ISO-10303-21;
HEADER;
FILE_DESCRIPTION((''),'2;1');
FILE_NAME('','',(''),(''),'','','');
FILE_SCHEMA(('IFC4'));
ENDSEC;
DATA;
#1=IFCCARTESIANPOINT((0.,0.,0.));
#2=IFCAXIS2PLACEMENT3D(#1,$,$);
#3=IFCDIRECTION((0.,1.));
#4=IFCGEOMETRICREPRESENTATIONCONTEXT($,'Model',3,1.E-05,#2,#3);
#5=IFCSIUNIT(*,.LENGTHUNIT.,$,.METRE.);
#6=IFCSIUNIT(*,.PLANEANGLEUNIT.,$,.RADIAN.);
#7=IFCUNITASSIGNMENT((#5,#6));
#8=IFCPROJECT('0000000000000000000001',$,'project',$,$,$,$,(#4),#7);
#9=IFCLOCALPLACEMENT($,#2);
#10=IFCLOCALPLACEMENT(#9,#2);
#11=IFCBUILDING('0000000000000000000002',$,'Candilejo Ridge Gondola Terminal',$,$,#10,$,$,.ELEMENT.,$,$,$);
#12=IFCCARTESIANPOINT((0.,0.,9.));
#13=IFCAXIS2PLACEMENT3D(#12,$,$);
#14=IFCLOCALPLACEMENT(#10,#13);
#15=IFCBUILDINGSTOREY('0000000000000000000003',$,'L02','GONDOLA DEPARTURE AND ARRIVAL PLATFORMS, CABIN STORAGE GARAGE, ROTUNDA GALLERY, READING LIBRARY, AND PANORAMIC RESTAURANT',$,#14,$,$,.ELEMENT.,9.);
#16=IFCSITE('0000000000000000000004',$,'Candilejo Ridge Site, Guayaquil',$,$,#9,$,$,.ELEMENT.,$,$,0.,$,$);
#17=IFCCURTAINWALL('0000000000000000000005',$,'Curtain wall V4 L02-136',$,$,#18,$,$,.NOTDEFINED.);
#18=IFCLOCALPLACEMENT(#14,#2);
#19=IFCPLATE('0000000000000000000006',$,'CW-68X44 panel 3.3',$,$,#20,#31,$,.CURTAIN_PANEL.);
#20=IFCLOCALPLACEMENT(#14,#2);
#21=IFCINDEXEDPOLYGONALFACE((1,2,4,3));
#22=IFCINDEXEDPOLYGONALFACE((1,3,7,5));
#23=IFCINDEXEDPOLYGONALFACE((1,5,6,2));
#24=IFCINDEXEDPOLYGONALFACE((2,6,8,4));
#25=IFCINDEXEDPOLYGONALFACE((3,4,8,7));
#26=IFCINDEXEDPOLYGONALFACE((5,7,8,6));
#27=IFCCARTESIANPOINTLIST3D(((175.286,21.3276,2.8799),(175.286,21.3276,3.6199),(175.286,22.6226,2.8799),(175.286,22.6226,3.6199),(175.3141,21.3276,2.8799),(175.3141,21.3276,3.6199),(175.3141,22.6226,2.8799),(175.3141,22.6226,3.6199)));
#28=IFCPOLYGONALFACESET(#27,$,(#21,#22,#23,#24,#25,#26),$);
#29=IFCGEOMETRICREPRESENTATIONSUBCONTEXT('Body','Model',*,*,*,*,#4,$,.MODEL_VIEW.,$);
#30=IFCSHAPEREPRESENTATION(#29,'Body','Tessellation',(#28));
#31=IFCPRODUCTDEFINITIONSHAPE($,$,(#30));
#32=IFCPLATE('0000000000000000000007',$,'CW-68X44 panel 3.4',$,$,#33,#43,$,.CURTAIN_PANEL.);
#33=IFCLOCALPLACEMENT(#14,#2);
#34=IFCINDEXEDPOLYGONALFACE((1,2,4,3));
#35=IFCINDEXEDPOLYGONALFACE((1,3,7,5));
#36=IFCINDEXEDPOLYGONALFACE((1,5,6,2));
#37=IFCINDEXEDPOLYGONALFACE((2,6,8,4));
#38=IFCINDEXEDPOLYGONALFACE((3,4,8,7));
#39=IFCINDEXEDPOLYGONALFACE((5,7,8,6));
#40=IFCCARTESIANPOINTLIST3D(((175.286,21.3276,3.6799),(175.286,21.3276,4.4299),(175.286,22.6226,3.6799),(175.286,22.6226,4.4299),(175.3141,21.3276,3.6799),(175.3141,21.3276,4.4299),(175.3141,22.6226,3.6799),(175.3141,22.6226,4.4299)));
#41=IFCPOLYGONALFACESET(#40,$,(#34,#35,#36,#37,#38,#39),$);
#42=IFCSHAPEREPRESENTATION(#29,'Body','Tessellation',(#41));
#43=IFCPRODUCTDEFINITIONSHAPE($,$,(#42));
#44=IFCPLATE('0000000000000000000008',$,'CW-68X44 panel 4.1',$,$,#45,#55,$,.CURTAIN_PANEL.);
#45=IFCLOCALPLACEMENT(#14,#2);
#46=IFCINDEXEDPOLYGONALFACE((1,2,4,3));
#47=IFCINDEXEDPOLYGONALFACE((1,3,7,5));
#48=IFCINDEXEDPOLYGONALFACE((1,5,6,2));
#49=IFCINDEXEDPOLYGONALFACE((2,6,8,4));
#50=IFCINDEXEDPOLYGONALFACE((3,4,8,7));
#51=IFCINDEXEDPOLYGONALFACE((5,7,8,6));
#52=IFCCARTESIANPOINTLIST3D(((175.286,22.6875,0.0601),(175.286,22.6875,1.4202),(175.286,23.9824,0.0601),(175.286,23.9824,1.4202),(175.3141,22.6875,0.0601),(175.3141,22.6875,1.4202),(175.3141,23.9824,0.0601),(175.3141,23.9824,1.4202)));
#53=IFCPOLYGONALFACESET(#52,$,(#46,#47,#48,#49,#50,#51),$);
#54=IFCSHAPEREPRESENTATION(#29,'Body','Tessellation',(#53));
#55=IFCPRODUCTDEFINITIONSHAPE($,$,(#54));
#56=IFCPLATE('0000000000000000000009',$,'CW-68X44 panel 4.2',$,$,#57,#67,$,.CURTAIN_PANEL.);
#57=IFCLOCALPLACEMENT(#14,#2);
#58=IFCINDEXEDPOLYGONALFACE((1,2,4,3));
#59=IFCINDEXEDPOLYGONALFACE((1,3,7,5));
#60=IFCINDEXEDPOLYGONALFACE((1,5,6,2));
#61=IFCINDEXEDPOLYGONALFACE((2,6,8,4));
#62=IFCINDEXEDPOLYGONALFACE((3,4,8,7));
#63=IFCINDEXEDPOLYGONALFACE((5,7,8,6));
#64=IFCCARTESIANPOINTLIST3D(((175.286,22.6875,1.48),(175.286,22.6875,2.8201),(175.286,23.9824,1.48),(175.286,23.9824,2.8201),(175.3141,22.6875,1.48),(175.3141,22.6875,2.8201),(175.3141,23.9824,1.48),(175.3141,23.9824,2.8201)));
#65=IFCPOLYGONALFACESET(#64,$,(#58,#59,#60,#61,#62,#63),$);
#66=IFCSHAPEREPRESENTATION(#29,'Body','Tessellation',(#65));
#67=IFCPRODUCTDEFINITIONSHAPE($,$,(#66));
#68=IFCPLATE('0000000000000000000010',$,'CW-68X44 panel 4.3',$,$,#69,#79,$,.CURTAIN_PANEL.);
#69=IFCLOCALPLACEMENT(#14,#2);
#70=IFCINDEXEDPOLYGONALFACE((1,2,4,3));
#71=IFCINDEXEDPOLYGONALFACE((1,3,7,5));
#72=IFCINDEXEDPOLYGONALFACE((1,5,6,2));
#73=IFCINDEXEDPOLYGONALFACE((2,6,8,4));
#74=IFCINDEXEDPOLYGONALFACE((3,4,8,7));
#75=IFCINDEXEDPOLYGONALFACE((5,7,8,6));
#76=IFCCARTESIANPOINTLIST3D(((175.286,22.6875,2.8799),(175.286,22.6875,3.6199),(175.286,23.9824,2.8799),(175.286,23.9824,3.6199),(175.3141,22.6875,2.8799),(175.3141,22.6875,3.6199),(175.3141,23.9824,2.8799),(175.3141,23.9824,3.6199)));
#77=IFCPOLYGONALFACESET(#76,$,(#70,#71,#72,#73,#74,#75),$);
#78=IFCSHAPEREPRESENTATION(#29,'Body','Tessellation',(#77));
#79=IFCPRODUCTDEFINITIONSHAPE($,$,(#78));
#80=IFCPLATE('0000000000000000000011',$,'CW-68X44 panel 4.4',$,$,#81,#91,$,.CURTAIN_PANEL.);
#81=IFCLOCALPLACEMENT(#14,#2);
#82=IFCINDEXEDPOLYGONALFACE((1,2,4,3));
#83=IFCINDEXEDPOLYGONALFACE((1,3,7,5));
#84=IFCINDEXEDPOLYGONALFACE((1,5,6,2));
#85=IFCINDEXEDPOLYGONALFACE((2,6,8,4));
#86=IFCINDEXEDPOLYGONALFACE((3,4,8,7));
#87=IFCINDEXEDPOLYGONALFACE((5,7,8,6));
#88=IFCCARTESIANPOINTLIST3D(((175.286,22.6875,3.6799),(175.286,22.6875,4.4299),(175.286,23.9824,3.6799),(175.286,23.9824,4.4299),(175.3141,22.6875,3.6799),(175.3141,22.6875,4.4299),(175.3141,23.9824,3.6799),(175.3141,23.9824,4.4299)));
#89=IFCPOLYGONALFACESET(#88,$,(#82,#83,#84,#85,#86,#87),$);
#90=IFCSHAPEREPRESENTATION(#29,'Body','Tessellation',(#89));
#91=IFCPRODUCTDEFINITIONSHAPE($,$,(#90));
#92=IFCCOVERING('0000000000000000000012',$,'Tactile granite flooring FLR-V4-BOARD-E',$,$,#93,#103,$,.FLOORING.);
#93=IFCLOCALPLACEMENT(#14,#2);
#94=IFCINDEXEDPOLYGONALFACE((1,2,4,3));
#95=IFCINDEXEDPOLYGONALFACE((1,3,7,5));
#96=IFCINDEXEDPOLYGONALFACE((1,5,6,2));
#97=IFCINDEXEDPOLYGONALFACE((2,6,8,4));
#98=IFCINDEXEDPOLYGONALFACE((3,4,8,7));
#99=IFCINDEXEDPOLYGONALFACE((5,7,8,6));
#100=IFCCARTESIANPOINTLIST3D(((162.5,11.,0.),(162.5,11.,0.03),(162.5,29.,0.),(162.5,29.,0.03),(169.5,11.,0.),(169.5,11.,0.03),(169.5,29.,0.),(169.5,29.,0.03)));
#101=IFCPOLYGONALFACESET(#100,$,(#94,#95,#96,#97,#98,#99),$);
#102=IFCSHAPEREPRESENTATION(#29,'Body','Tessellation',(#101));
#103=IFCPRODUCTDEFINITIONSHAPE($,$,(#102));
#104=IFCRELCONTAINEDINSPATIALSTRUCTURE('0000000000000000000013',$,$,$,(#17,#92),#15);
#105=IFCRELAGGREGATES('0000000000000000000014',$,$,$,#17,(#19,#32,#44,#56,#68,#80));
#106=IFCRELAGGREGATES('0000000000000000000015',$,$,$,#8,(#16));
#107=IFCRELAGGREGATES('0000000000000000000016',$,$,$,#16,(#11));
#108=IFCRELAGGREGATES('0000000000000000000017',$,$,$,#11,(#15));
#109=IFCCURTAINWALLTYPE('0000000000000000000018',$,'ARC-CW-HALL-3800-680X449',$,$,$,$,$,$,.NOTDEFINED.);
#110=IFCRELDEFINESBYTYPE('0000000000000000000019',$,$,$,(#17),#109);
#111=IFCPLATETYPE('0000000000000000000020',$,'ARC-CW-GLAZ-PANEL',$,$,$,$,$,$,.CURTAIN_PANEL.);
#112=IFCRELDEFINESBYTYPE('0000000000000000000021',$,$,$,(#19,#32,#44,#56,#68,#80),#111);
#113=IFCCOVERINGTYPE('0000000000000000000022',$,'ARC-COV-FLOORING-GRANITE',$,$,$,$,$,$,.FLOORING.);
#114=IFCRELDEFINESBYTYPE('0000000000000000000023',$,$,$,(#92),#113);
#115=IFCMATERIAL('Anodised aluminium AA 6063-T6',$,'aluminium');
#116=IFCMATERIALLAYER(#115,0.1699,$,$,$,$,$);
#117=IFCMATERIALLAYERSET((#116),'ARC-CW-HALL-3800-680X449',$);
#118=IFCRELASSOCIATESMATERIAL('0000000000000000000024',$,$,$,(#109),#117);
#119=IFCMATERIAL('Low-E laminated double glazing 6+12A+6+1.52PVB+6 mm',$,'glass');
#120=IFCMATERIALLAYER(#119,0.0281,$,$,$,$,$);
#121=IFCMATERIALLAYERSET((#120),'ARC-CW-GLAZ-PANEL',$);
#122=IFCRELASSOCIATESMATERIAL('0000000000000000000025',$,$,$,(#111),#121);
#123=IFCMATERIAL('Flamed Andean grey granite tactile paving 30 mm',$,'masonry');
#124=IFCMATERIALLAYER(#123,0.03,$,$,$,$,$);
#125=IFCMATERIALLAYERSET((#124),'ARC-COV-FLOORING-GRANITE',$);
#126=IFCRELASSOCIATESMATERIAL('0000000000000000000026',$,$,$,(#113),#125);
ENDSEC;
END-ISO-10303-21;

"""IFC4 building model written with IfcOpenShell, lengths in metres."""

from ifc_helpers import new_model, si_unit, direction, frame, origin, origin_2d, place, context, subcontext, project, spatial, rectangle, extrude, material, layer, layer_set, type_object, element, aggregate, save


model = new_model("IFC4")

# Units and contexts
model_context = context("Model", 3, precision=1e-05, world=origin(), true_north=direction((0.0, 1.0)))
body_context = subcontext(model_context, "Body", "Model", "MODEL_VIEW")
ifc_project = project(units=[si_unit("LENGTHUNIT", "METRE"), si_unit("PLANEANGLEUNIT", "RADIAN")], contexts=[model_context])

# Site, building, storey
site_placement = place(None, origin())
site = spatial("IfcSite", under=ifc_project, at=site_placement, Name="Candilejo Ridge Site, Guayaquil", CompositionType="ELEMENT", RefElevation=0.0)
building_placement = place(site_placement, origin())
building = spatial("IfcBuilding", under=site, at=building_placement, Name="Candilejo Ridge Gondola Terminal", CompositionType="ELEMENT")
storey_placement = place(building_placement, frame((0.0, 0.0, 9.0)))
storey = spatial("IfcBuildingStorey", under=building, at=storey_placement, Name="L02", Description="GONDOLA DEPARTURE AND ARRIVAL PLATFORMS, CABIN STORAGE GARAGE, ROTUNDA GALLERY, READING LIBRARY, AND PANORAMIC RESTAURANT", CompositionType="ELEMENT", Elevation=9.0)

# Curtain wall
ifc_material_1 = material(Name="Anodised aluminium AA 6063-T6", Category="aluminium")
ifc_layer_1 = layer(ifc_material_1, 0.1699)
ifc_layer_set_1 = layer_set([ifc_layer_1], Name="ARC-CW-HALL-3800-680X449")
curtain_wall_type = type_object("IfcCurtainWallType", Name="ARC-CW-HALL-3800-680X449", PredefinedType="NOTDEFINED", material=ifc_layer_set_1)
curtain_wall_placement = place(storey_placement, origin())
curtain_wall = element("IfcCurtainWall", 1, at=curtain_wall_placement, inside=storey, type_object=curtain_wall_type, Name="Curtain wall V4 L02-136", PredefinedType="NOTDEFINED")

# Plates
ifc_material_2 = material(Name="Low-E laminated double glazing 6+12A+6+1.52PVB+6 mm", Category="glass")
ifc_layer_2 = layer(ifc_material_2, 0.0281)
ifc_layer_set_2 = layer_set([ifc_layer_2], Name="ARC-CW-GLAZ-PANEL")
plate_type = type_object("IfcPlateType", Name="ARC-CW-GLAZ-PANEL", PredefinedType="CURTAIN_PANEL", material=ifc_layer_set_2)
plate_1_placement = place(storey_placement, frame((175.3, 21.9751, 2.8799), z_axis=(0.0, 0.0, 1.0), x_axis=(0.0, 1.0, 0.0)))
plate_1 = element("IfcPlate", 2, at=plate_1_placement, type_object=plate_type, Name="CW-68X44 panel 3.3", PredefinedType="CURTAIN_PANEL", context=body_context, shape_type="SweptSolid", body=[
    extrude(rectangle(XDim=1.2949, YDim=0.0281, at=origin_2d()), origin(), (0.0, 0.0, 1.0), 0.74),
])
plate_2_placement = place(storey_placement, frame((175.3, 21.9751, 3.6799), z_axis=(0.0, 0.0, 1.0), x_axis=(0.0, 1.0, 0.0)))
plate_2 = element("IfcPlate", 3, at=plate_2_placement, type_object=plate_type, Name="CW-68X44 panel 3.4", PredefinedType="CURTAIN_PANEL", context=body_context, shape_type="SweptSolid", body=[
    extrude(rectangle(XDim=1.2949, YDim=0.0281, at=origin_2d()), origin(), (0.0, 0.0, 1.0), 0.75),
])
plate_3_placement = place(storey_placement, frame((175.3, 23.335, 0.0601), z_axis=(0.0, 0.0, 1.0), x_axis=(0.0, 1.0, 0.0)))
plate_3 = element("IfcPlate", 4, at=plate_3_placement, type_object=plate_type, Name="CW-68X44 panel 4.1", PredefinedType="CURTAIN_PANEL", context=body_context, shape_type="SweptSolid", body=[
    extrude(rectangle(XDim=1.2949, YDim=0.0281, at=origin_2d()), origin(), (0.0, 0.0, 1.0), 1.3601),
])
plate_4_placement = place(storey_placement, frame((175.3, 23.335, 1.48), z_axis=(0.0, 0.0, 1.0), x_axis=(0.0, 1.0, 0.0)))
plate_4 = element("IfcPlate", 5, at=plate_4_placement, type_object=plate_type, Name="CW-68X44 panel 4.2", PredefinedType="CURTAIN_PANEL", context=body_context, shape_type="SweptSolid", body=[
    extrude(rectangle(XDim=1.2949, YDim=0.0281, at=origin_2d()), origin(), (0.0, 0.0, 1.0), 1.3401),
])
plate_5_placement = place(storey_placement, frame((175.3, 23.335, 2.8799), z_axis=(0.0, 0.0, 1.0), x_axis=(0.0, 1.0, 0.0)))
plate_5 = element("IfcPlate", 6, at=plate_5_placement, type_object=plate_type, Name="CW-68X44 panel 4.3", PredefinedType="CURTAIN_PANEL", context=body_context, shape_type="SweptSolid", body=[
    extrude(rectangle(XDim=1.2949, YDim=0.0281, at=origin_2d()), origin(), (0.0, 0.0, 1.0), 0.74),
])
plate_6_placement = place(storey_placement, frame((175.3, 23.335, 3.6799), z_axis=(0.0, 0.0, 1.0), x_axis=(0.0, 1.0, 0.0)))
plate_6 = element("IfcPlate", 7, at=plate_6_placement, type_object=plate_type, Name="CW-68X44 panel 4.4", PredefinedType="CURTAIN_PANEL", context=body_context, shape_type="SweptSolid", body=[
    extrude(rectangle(XDim=1.2949, YDim=0.0281, at=origin_2d()), origin(), (0.0, 0.0, 1.0), 0.75),
])
aggregate(curtain_wall, [plate_1, plate_2, plate_3, plate_4, plate_5, plate_6])

# Covering
ifc_material_3 = material(Name="Flamed Andean grey granite tactile paving 30 mm", Category="masonry")
ifc_layer_3 = layer(ifc_material_3, 0.03)
ifc_layer_set_3 = layer_set([ifc_layer_3], Name="ARC-COV-FLOORING-GRANITE")
covering_type = type_object("IfcCoveringType", Name="ARC-COV-FLOORING-GRANITE", PredefinedType="FLOORING", material=ifc_layer_set_3)
covering_placement = place(storey_placement, frame((166.0, 20.0, 0.0), z_axis=(0.0, 0.0, 1.0), x_axis=(1.0, 0.0, 0.0)))
element("IfcCovering", 8, at=covering_placement, inside=storey, type_object=covering_type, Name="Tactile granite flooring FLR-V4-BOARD-E", PredefinedType="FLOORING", context=body_context, shape_type="SweptSolid", body=[
    extrude(rectangle(XDim=7.0, YDim=18.0, at=origin_2d()), origin(), (0.0, 0.0, 1.0), 0.03),
])

save(model, "model.ifc")
